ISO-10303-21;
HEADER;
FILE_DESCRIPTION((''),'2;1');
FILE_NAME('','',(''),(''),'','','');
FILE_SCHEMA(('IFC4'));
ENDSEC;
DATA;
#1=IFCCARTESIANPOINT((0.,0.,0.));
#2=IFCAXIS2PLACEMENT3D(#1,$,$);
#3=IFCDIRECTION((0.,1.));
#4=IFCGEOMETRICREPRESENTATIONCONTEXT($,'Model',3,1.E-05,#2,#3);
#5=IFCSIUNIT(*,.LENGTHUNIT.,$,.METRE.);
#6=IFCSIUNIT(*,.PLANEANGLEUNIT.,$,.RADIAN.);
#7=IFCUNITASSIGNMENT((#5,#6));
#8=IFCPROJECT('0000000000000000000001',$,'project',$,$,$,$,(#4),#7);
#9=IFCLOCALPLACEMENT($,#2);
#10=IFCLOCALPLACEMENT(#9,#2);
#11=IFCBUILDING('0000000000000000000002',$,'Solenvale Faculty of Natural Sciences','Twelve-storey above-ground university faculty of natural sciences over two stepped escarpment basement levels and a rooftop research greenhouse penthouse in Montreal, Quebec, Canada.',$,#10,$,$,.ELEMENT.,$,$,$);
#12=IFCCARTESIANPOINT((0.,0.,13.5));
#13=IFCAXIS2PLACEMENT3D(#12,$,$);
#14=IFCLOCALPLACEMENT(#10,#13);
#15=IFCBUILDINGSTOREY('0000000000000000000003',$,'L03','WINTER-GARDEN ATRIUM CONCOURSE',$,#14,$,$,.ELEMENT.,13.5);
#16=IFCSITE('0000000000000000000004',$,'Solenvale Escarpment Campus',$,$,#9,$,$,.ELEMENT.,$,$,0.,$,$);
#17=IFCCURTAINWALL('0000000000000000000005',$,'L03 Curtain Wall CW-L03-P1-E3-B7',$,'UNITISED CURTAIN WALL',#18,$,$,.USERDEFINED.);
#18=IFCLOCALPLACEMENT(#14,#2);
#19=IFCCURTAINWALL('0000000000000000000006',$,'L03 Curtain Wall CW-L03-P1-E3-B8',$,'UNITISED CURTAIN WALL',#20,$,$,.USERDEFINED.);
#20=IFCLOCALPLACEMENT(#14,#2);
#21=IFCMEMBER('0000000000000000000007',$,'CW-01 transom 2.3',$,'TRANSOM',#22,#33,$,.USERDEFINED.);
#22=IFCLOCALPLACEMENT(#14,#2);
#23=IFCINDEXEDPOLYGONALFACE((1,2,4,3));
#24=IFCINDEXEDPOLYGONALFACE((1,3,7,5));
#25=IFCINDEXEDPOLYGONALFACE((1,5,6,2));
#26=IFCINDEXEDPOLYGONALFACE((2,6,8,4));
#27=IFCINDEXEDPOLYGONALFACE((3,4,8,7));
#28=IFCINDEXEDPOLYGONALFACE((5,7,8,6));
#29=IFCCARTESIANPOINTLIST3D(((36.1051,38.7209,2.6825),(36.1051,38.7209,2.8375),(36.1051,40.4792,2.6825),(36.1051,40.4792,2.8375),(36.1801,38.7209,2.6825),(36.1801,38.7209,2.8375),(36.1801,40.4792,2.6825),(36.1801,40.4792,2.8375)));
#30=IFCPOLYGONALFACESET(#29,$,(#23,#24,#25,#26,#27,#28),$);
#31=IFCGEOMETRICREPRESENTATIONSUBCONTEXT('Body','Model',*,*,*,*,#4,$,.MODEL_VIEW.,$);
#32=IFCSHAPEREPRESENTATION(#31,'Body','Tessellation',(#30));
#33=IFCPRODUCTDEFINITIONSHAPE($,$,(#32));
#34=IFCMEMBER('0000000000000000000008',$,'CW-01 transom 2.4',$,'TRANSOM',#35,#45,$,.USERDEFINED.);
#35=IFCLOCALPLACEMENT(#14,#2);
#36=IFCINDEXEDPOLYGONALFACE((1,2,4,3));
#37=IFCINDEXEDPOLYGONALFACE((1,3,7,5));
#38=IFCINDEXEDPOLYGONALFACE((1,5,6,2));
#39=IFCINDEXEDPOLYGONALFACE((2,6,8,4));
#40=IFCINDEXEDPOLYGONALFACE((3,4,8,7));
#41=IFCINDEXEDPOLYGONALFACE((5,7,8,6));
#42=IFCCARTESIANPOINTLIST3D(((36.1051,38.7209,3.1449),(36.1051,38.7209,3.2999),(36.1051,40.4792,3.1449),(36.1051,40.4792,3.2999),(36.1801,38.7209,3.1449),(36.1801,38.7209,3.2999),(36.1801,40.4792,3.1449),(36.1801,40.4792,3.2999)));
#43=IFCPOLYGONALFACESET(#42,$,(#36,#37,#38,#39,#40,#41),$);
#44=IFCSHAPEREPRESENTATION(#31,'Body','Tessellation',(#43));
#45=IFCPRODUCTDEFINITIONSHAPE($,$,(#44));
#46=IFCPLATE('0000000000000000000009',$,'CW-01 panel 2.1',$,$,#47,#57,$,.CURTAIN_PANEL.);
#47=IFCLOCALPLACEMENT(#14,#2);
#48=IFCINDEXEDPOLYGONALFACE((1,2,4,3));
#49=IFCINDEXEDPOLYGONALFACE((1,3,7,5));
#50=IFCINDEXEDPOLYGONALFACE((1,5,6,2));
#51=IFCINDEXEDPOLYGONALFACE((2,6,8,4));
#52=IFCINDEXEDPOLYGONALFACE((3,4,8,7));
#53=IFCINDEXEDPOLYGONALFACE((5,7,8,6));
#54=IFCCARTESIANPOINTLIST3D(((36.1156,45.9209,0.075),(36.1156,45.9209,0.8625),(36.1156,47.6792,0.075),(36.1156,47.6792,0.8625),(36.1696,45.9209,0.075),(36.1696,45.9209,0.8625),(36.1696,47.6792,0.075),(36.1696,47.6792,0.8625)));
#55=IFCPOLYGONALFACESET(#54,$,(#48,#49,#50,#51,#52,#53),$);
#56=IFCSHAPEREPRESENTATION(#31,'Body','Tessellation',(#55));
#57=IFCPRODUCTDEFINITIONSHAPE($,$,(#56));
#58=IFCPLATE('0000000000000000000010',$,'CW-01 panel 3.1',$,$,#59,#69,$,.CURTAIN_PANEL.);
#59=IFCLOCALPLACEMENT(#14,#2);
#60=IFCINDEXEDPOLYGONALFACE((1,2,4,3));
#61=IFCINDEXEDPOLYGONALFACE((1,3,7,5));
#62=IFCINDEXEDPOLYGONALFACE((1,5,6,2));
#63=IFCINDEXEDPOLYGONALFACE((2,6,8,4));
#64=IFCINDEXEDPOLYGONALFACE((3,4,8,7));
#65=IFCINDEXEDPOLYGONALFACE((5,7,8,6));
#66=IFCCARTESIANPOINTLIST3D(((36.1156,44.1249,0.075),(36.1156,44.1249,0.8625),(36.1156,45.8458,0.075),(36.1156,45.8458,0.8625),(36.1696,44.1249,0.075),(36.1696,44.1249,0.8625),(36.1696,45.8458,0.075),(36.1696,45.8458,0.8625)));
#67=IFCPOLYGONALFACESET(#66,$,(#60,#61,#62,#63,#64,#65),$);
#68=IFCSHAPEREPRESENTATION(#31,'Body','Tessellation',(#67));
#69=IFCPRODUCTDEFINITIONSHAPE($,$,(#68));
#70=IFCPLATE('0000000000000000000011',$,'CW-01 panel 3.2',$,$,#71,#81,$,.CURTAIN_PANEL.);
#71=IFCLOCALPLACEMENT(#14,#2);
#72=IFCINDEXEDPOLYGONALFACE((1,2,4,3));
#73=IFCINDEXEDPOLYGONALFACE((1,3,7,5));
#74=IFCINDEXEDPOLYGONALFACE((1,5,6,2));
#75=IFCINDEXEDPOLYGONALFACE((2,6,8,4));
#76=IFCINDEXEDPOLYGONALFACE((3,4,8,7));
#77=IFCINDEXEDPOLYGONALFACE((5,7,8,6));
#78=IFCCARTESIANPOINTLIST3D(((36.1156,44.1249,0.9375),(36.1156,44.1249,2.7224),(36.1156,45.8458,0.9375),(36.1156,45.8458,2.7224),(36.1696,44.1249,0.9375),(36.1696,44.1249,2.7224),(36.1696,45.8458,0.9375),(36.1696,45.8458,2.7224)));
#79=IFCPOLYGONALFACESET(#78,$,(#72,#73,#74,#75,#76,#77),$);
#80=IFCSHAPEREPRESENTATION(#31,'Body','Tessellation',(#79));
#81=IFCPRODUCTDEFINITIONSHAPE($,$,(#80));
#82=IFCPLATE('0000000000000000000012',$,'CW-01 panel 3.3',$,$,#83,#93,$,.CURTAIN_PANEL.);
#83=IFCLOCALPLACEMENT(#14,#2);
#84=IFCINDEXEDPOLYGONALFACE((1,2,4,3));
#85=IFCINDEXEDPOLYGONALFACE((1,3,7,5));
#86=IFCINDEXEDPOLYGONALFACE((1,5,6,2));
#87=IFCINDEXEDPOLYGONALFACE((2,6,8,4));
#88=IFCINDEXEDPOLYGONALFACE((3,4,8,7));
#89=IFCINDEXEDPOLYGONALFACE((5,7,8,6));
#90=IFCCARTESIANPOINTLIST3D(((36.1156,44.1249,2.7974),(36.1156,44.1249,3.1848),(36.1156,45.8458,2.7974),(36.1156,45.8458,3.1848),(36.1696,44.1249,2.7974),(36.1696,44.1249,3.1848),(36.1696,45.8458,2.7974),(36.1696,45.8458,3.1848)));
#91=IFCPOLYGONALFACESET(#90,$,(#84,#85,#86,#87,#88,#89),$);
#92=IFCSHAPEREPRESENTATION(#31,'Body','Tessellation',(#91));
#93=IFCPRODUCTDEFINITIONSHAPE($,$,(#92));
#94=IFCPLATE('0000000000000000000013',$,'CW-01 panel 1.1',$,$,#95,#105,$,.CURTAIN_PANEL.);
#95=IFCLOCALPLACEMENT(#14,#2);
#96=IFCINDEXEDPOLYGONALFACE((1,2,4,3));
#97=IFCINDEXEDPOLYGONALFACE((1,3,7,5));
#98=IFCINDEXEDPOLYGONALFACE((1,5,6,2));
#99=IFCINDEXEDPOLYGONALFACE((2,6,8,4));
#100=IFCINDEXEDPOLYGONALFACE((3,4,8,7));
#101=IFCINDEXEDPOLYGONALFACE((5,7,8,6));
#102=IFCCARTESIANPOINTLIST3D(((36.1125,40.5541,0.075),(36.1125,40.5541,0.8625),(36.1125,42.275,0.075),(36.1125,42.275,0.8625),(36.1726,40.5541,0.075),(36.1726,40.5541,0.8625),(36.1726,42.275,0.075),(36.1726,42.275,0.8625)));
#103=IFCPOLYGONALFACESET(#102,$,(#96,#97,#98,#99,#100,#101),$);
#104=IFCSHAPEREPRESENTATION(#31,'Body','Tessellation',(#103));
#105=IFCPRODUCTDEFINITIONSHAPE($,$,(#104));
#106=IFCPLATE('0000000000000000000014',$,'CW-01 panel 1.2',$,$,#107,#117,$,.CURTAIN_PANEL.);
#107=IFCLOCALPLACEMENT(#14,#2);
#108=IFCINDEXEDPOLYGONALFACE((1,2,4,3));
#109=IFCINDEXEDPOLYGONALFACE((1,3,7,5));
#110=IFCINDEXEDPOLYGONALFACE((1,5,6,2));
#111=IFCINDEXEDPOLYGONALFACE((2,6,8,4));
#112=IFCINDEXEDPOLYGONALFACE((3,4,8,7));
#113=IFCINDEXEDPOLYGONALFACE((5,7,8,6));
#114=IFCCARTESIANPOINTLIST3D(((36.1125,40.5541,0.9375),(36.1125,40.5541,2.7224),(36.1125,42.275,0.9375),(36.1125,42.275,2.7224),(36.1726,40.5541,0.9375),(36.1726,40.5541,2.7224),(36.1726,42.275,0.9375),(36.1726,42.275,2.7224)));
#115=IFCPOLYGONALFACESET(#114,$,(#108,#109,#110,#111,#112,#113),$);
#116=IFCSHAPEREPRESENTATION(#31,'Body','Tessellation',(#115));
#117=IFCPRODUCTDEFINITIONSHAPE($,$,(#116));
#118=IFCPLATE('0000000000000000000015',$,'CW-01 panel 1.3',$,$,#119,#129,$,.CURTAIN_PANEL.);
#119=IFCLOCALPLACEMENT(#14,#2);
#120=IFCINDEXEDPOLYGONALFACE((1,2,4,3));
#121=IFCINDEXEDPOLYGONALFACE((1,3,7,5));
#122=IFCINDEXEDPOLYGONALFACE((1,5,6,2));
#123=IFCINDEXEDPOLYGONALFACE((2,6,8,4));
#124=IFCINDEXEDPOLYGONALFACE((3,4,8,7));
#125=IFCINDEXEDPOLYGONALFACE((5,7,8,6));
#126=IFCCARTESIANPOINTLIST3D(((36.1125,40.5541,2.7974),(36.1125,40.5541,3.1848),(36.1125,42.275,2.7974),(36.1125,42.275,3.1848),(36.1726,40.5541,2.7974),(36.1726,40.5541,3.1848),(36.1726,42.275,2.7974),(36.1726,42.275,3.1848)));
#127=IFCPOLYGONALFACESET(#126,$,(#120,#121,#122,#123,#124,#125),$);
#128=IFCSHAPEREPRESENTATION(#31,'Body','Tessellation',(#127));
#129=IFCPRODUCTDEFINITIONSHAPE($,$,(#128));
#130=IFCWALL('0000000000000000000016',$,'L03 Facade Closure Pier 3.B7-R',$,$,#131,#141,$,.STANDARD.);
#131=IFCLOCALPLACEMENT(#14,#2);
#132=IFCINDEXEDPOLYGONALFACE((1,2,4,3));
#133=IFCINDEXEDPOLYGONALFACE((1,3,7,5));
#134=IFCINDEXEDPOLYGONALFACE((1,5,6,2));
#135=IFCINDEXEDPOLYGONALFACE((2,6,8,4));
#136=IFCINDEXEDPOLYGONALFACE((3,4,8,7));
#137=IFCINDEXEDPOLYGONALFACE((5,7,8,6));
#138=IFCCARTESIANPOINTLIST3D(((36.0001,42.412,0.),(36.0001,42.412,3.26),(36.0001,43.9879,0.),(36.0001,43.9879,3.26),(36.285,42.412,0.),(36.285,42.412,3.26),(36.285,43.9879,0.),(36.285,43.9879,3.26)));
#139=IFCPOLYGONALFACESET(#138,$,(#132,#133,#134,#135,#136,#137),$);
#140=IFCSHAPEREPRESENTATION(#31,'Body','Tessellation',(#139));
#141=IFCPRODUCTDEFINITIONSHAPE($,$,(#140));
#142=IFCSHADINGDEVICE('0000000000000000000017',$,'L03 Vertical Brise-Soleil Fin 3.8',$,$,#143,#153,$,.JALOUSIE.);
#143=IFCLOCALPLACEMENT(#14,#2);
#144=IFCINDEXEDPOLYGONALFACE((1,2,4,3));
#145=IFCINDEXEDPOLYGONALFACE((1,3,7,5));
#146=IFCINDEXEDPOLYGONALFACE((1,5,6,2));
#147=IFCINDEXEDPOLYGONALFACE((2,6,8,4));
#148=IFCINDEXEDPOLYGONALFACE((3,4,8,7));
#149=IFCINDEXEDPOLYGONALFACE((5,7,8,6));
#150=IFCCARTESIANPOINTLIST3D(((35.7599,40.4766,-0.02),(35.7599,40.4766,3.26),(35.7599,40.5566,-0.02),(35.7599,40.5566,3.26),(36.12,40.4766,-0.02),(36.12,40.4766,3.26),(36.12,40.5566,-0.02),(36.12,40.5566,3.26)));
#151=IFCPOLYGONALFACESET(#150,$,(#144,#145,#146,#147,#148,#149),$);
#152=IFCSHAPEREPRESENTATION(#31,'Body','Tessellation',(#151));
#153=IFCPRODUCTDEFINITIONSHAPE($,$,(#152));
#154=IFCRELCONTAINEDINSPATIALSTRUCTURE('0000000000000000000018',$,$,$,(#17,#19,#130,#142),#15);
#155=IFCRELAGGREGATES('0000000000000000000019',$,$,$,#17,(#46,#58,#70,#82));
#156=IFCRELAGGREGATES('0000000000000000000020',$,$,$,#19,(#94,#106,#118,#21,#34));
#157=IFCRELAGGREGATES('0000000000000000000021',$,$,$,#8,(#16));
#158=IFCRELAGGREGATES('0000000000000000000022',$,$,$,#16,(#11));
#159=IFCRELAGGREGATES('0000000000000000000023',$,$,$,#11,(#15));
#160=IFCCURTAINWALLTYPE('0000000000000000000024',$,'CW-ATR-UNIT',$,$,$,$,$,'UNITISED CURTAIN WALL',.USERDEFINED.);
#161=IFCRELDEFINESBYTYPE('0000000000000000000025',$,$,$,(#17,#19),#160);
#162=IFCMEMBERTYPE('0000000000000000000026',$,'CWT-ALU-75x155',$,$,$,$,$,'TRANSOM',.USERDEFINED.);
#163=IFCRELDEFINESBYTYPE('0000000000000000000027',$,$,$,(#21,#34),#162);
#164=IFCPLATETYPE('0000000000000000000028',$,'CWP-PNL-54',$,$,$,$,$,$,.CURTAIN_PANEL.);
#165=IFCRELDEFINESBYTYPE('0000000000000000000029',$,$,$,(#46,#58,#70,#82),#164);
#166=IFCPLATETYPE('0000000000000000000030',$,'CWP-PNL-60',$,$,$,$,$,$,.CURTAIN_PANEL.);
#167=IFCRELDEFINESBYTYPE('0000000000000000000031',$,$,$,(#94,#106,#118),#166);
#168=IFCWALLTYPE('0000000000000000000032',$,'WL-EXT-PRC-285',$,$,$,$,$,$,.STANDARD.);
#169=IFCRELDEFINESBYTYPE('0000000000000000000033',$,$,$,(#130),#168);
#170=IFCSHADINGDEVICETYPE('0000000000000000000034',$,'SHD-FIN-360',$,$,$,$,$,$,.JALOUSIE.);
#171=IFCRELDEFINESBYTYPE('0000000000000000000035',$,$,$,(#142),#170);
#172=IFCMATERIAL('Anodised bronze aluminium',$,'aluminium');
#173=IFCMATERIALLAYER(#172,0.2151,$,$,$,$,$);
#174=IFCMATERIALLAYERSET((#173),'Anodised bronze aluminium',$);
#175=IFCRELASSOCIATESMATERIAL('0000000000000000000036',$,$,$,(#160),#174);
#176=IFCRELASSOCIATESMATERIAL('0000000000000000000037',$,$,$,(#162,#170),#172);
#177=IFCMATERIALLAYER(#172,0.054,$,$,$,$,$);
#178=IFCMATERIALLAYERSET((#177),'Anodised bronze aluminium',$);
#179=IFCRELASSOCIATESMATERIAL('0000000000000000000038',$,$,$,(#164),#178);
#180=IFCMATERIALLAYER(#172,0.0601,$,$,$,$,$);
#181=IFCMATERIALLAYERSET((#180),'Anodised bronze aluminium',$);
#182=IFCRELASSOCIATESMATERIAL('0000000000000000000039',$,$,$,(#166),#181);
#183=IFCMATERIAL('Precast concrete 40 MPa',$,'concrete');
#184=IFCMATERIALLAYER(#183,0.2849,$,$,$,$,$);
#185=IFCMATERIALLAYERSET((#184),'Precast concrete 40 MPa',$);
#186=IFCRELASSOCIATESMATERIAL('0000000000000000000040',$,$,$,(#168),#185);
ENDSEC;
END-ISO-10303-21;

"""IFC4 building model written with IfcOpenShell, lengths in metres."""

from ifc_helpers import new_model, si_unit, direction, frame, frame_2d, origin, origin_2d, place, context, subcontext, project, spatial, rectangle, extrude, material, layer, layer_set, material_profile, profile_set, type_object, element, aggregate, save


model = new_model("IFC4")

# Units and contexts
model_context = context("Model", 3, precision=1e-05, world=origin(), true_north=direction((0.0, 1.0)))
body_context = subcontext(model_context, "Body", "Model", "MODEL_VIEW")
ifc_project = project(units=[si_unit("LENGTHUNIT", "METRE"), si_unit("PLANEANGLEUNIT", "RADIAN")], contexts=[model_context])

# Site, building, storey
site_placement = place(None, origin())
site = spatial("IfcSite", under=ifc_project, at=site_placement, Name="Solenvale Escarpment Campus", CompositionType="ELEMENT", RefElevation=0.0)
building_placement = place(site_placement, origin())
building = spatial("IfcBuilding", under=site, at=building_placement, Name="Solenvale Faculty of Natural Sciences", Description="Twelve-storey above-ground university faculty of natural sciences over two stepped escarpment basement levels and a rooftop research greenhouse penthouse in Montreal, Quebec, Canada.", CompositionType="ELEMENT")
storey_placement = place(building_placement, frame((0.0, 0.0, 13.5)))
storey = spatial("IfcBuildingStorey", under=building, at=storey_placement, Name="L03", Description="WINTER-GARDEN ATRIUM CONCOURSE", CompositionType="ELEMENT", Elevation=13.5)

# Curtain walls
ifc_material_1 = material(Name="Anodised bronze aluminium", Category="aluminium")
ifc_layer_1 = layer(ifc_material_1, 0.2151)
ifc_layer_set_1 = layer_set([ifc_layer_1], Name="Anodised bronze aluminium")
curtain_wall_type = type_object("IfcCurtainWallType", Name="CW-ATR-UNIT", ElementType="UNITISED CURTAIN WALL", PredefinedType="USERDEFINED", material=ifc_layer_set_1)
curtain_wall_1_placement = place(storey_placement, origin())
curtain_wall_1 = element("IfcCurtainWall", 1, at=curtain_wall_1_placement, inside=storey, type_object=curtain_wall_type, Name="L03 Curtain Wall CW-L03-P1-E3-B7", ObjectType="UNITISED CURTAIN WALL", PredefinedType="USERDEFINED")
curtain_wall_2_placement = place(storey_placement, origin())
curtain_wall_2 = element("IfcCurtainWall", 2, at=curtain_wall_2_placement, inside=storey, type_object=curtain_wall_type, Name="L03 Curtain Wall CW-L03-P1-E3-B8", ObjectType="UNITISED CURTAIN WALL", PredefinedType="USERDEFINED")

# Members
ifc_material_profile_1 = material_profile(ifc_material_1, rectangle(XDim=0.075, YDim=0.155, at=origin_2d()), Name="ALU-TRN-75x155")
ifc_profile_set_1 = profile_set([ifc_material_profile_1], Name="Anodised bronze aluminium")
member_type_1 = type_object("IfcMemberType", Name="CWT-ALU-75x155", ElementType="TRANSOM", PredefinedType="USERDEFINED", material=ifc_profile_set_1)
member_1_placement = place(storey_placement, frame((36.1426, 40.4792, 2.76), z_axis=(0.0, -1.0, 0.0), x_axis=(1.0, 0.0, 0.0)))
member_1 = element("IfcMember", 3, at=member_1_placement, type_object=member_type_1, Name="CW-01 transom 2.3", ObjectType="TRANSOM", PredefinedType="USERDEFINED", context=body_context, shape_type="SweptSolid", body=[
    extrude(rectangle(XDim=0.075, YDim=0.155, at=origin_2d()), origin(), (0.0, 0.0, 1.0), 1.7583),
])
member_2_placement = place(storey_placement, frame((36.1426, 40.4792, 3.2224), z_axis=(0.0, -1.0, 0.0), x_axis=(1.0, 0.0, 0.0)))
member_2 = element("IfcMember", 4, at=member_2_placement, type_object=member_type_1, Name="CW-01 transom 2.4", ObjectType="TRANSOM", PredefinedType="USERDEFINED", context=body_context, shape_type="SweptSolid", body=[
    extrude(rectangle(XDim=0.075, YDim=0.155, at=origin_2d()), origin(), (0.0, 0.0, 1.0), 1.7583),
])

# Plates
ifc_layer_2 = layer(ifc_material_1, 0.054)
ifc_layer_set_2 = layer_set([ifc_layer_2], Name="Anodised bronze aluminium")
plate_type_1 = type_object("IfcPlateType", Name="CWP-PNL-54", PredefinedType="CURTAIN_PANEL", material=ifc_layer_set_2)
plate_1_placement = place(storey_placement, frame((36.1426, 46.8, 0.075), z_axis=(0.0, 0.0, 1.0), x_axis=(0.0, -1.0, 0.0)))
plate_1 = element("IfcPlate", 5, at=plate_1_placement, type_object=plate_type_1, Name="CW-01 panel 2.1", PredefinedType="CURTAIN_PANEL", context=body_context, shape_type="SweptSolid", body=[
    extrude(rectangle(XDim=1.7583, YDim=0.054, at=origin_2d()), origin(), (0.0, 0.0, 1.0), 0.7876),
])
plate_2_placement = place(storey_placement, frame((36.1426, 44.9854, 0.075), z_axis=(0.0, 0.0, 1.0), x_axis=(0.0, -1.0, 0.0)))
plate_2 = element("IfcPlate", 6, at=plate_2_placement, type_object=plate_type_1, Name="CW-01 panel 3.1", PredefinedType="CURTAIN_PANEL", context=body_context, shape_type="SweptSolid", body=[
    extrude(rectangle(XDim=1.7209, YDim=0.054, at=origin_2d()), origin(), (0.0, 0.0, 1.0), 0.7876),
])
plate_3_placement = place(storey_placement, frame((36.1426, 44.9854, 0.9375), z_axis=(0.0, 0.0, 1.0), x_axis=(0.0, -1.0, 0.0)))
plate_3 = element("IfcPlate", 7, at=plate_3_placement, type_object=plate_type_1, Name="CW-01 panel 3.2", PredefinedType="CURTAIN_PANEL", context=body_context, shape_type="SweptSolid", body=[
    extrude(rectangle(XDim=1.7209, YDim=0.054, at=origin_2d()), origin(), (0.0, 0.0, 1.0), 1.7849),
])
plate_4_placement = place(storey_placement, frame((36.1426, 44.9854, 2.7974), z_axis=(0.0, 0.0, 1.0), x_axis=(0.0, -1.0, 0.0)))
plate_4 = element("IfcPlate", 8, at=plate_4_placement, type_object=plate_type_1, Name="CW-01 panel 3.3", PredefinedType="CURTAIN_PANEL", context=body_context, shape_type="SweptSolid", body=[
    extrude(rectangle(XDim=1.7209, YDim=0.054, at=origin_2d()), origin(), (0.0, 0.0, 1.0), 0.3875),
])
aggregate(curtain_wall_1, [plate_1, plate_2, plate_3, plate_4])
ifc_layer_3 = layer(ifc_material_1, 0.0601)
ifc_layer_set_3 = layer_set([ifc_layer_3], Name="Anodised bronze aluminium")
plate_type_2 = type_object("IfcPlateType", Name="CWP-PNL-60", PredefinedType="CURTAIN_PANEL", material=ifc_layer_set_3)
plate_5_placement = place(storey_placement, frame((36.1426, 41.4146, 0.075), z_axis=(0.0, 0.0, 1.0), x_axis=(0.0, -1.0, 0.0)))
plate_5 = element("IfcPlate", 9, at=plate_5_placement, type_object=plate_type_2, Name="CW-01 panel 1.1", PredefinedType="CURTAIN_PANEL", context=body_context, shape_type="SweptSolid", body=[
    extrude(rectangle(XDim=1.7209, YDim=0.0601, at=origin_2d()), origin(), (0.0, 0.0, 1.0), 0.7876),
])
plate_6_placement = place(storey_placement, frame((36.1426, 41.4146, 0.9375), z_axis=(0.0, 0.0, 1.0), x_axis=(0.0, -1.0, 0.0)))
plate_6 = element("IfcPlate", 10, at=plate_6_placement, type_object=plate_type_2, Name="CW-01 panel 1.2", PredefinedType="CURTAIN_PANEL", context=body_context, shape_type="SweptSolid", body=[
    extrude(rectangle(XDim=1.7209, YDim=0.0601, at=origin_2d()), origin(), (0.0, 0.0, 1.0), 1.7849),
])
plate_7_placement = place(storey_placement, frame((36.1426, 41.4146, 2.7974), z_axis=(0.0, 0.0, 1.0), x_axis=(0.0, -1.0, 0.0)))
plate_7 = element("IfcPlate", 11, at=plate_7_placement, type_object=plate_type_2, Name="CW-01 panel 1.3", PredefinedType="CURTAIN_PANEL", context=body_context, shape_type="SweptSolid", body=[
    extrude(rectangle(XDim=1.7209, YDim=0.0601, at=origin_2d()), origin(), (0.0, 0.0, 1.0), 0.3875),
])
aggregate(curtain_wall_2, [plate_5, plate_6, plate_7, member_1, member_2])

# Wall
ifc_material_2 = material(Name="Precast concrete 40 MPa", Category="concrete")
ifc_layer_4 = layer(ifc_material_2, 0.2849)
ifc_layer_set_4 = layer_set([ifc_layer_4], Name="Precast concrete 40 MPa")
wall_type = type_object("IfcWallType", Name="WL-EXT-PRC-285", PredefinedType="STANDARD", material=ifc_layer_set_4)
wall_placement = place(storey_placement, frame((36.1426, 43.988, 0.0), z_axis=(0.0, 0.0, 1.0), x_axis=(0.0, -1.0, 0.0)))
element("IfcWall", 12, at=wall_placement, inside=storey, type_object=wall_type, Name="L03 Facade Closure Pier 3.B7-R", PredefinedType="STANDARD", context=body_context, shape_type="SweptSolid", body=[
    extrude(rectangle(XDim=1.5759, YDim=0.2849, at=frame_2d((0.7881, 0.0))), origin(), (0.0, 0.0, 1.0), 3.26),
])

# Shading device
ifc_material_profile_2 = material_profile(ifc_material_1, rectangle(XDim=0.0801, YDim=0.3601, at=origin_2d()), Name="ALU-FIN-80x360")
ifc_profile_set_2 = profile_set([ifc_material_profile_2], Name="Anodised bronze aluminium")
shading_device_type = type_object("IfcShadingDeviceType", Name="SHD-FIN-360", PredefinedType="JALOUSIE", material=ifc_profile_set_2)
shading_device_placement = place(storey_placement, frame((35.9399, 40.5166, -0.02), z_axis=(0.0, 0.0, 1.0), x_axis=(0.0, 1.0, 0.0)))
element("IfcShadingDevice", 13, at=shading_device_placement, inside=storey, type_object=shading_device_type, Name="L03 Vertical Brise-Soleil Fin 3.8", PredefinedType="JALOUSIE", context=body_context, shape_type="SweptSolid", body=[
    extrude(rectangle(XDim=0.0801, YDim=0.3601, at=origin_2d()), origin(), (0.0, 0.0, 1.0), 3.28),
])

save(model, "model.ifc")
